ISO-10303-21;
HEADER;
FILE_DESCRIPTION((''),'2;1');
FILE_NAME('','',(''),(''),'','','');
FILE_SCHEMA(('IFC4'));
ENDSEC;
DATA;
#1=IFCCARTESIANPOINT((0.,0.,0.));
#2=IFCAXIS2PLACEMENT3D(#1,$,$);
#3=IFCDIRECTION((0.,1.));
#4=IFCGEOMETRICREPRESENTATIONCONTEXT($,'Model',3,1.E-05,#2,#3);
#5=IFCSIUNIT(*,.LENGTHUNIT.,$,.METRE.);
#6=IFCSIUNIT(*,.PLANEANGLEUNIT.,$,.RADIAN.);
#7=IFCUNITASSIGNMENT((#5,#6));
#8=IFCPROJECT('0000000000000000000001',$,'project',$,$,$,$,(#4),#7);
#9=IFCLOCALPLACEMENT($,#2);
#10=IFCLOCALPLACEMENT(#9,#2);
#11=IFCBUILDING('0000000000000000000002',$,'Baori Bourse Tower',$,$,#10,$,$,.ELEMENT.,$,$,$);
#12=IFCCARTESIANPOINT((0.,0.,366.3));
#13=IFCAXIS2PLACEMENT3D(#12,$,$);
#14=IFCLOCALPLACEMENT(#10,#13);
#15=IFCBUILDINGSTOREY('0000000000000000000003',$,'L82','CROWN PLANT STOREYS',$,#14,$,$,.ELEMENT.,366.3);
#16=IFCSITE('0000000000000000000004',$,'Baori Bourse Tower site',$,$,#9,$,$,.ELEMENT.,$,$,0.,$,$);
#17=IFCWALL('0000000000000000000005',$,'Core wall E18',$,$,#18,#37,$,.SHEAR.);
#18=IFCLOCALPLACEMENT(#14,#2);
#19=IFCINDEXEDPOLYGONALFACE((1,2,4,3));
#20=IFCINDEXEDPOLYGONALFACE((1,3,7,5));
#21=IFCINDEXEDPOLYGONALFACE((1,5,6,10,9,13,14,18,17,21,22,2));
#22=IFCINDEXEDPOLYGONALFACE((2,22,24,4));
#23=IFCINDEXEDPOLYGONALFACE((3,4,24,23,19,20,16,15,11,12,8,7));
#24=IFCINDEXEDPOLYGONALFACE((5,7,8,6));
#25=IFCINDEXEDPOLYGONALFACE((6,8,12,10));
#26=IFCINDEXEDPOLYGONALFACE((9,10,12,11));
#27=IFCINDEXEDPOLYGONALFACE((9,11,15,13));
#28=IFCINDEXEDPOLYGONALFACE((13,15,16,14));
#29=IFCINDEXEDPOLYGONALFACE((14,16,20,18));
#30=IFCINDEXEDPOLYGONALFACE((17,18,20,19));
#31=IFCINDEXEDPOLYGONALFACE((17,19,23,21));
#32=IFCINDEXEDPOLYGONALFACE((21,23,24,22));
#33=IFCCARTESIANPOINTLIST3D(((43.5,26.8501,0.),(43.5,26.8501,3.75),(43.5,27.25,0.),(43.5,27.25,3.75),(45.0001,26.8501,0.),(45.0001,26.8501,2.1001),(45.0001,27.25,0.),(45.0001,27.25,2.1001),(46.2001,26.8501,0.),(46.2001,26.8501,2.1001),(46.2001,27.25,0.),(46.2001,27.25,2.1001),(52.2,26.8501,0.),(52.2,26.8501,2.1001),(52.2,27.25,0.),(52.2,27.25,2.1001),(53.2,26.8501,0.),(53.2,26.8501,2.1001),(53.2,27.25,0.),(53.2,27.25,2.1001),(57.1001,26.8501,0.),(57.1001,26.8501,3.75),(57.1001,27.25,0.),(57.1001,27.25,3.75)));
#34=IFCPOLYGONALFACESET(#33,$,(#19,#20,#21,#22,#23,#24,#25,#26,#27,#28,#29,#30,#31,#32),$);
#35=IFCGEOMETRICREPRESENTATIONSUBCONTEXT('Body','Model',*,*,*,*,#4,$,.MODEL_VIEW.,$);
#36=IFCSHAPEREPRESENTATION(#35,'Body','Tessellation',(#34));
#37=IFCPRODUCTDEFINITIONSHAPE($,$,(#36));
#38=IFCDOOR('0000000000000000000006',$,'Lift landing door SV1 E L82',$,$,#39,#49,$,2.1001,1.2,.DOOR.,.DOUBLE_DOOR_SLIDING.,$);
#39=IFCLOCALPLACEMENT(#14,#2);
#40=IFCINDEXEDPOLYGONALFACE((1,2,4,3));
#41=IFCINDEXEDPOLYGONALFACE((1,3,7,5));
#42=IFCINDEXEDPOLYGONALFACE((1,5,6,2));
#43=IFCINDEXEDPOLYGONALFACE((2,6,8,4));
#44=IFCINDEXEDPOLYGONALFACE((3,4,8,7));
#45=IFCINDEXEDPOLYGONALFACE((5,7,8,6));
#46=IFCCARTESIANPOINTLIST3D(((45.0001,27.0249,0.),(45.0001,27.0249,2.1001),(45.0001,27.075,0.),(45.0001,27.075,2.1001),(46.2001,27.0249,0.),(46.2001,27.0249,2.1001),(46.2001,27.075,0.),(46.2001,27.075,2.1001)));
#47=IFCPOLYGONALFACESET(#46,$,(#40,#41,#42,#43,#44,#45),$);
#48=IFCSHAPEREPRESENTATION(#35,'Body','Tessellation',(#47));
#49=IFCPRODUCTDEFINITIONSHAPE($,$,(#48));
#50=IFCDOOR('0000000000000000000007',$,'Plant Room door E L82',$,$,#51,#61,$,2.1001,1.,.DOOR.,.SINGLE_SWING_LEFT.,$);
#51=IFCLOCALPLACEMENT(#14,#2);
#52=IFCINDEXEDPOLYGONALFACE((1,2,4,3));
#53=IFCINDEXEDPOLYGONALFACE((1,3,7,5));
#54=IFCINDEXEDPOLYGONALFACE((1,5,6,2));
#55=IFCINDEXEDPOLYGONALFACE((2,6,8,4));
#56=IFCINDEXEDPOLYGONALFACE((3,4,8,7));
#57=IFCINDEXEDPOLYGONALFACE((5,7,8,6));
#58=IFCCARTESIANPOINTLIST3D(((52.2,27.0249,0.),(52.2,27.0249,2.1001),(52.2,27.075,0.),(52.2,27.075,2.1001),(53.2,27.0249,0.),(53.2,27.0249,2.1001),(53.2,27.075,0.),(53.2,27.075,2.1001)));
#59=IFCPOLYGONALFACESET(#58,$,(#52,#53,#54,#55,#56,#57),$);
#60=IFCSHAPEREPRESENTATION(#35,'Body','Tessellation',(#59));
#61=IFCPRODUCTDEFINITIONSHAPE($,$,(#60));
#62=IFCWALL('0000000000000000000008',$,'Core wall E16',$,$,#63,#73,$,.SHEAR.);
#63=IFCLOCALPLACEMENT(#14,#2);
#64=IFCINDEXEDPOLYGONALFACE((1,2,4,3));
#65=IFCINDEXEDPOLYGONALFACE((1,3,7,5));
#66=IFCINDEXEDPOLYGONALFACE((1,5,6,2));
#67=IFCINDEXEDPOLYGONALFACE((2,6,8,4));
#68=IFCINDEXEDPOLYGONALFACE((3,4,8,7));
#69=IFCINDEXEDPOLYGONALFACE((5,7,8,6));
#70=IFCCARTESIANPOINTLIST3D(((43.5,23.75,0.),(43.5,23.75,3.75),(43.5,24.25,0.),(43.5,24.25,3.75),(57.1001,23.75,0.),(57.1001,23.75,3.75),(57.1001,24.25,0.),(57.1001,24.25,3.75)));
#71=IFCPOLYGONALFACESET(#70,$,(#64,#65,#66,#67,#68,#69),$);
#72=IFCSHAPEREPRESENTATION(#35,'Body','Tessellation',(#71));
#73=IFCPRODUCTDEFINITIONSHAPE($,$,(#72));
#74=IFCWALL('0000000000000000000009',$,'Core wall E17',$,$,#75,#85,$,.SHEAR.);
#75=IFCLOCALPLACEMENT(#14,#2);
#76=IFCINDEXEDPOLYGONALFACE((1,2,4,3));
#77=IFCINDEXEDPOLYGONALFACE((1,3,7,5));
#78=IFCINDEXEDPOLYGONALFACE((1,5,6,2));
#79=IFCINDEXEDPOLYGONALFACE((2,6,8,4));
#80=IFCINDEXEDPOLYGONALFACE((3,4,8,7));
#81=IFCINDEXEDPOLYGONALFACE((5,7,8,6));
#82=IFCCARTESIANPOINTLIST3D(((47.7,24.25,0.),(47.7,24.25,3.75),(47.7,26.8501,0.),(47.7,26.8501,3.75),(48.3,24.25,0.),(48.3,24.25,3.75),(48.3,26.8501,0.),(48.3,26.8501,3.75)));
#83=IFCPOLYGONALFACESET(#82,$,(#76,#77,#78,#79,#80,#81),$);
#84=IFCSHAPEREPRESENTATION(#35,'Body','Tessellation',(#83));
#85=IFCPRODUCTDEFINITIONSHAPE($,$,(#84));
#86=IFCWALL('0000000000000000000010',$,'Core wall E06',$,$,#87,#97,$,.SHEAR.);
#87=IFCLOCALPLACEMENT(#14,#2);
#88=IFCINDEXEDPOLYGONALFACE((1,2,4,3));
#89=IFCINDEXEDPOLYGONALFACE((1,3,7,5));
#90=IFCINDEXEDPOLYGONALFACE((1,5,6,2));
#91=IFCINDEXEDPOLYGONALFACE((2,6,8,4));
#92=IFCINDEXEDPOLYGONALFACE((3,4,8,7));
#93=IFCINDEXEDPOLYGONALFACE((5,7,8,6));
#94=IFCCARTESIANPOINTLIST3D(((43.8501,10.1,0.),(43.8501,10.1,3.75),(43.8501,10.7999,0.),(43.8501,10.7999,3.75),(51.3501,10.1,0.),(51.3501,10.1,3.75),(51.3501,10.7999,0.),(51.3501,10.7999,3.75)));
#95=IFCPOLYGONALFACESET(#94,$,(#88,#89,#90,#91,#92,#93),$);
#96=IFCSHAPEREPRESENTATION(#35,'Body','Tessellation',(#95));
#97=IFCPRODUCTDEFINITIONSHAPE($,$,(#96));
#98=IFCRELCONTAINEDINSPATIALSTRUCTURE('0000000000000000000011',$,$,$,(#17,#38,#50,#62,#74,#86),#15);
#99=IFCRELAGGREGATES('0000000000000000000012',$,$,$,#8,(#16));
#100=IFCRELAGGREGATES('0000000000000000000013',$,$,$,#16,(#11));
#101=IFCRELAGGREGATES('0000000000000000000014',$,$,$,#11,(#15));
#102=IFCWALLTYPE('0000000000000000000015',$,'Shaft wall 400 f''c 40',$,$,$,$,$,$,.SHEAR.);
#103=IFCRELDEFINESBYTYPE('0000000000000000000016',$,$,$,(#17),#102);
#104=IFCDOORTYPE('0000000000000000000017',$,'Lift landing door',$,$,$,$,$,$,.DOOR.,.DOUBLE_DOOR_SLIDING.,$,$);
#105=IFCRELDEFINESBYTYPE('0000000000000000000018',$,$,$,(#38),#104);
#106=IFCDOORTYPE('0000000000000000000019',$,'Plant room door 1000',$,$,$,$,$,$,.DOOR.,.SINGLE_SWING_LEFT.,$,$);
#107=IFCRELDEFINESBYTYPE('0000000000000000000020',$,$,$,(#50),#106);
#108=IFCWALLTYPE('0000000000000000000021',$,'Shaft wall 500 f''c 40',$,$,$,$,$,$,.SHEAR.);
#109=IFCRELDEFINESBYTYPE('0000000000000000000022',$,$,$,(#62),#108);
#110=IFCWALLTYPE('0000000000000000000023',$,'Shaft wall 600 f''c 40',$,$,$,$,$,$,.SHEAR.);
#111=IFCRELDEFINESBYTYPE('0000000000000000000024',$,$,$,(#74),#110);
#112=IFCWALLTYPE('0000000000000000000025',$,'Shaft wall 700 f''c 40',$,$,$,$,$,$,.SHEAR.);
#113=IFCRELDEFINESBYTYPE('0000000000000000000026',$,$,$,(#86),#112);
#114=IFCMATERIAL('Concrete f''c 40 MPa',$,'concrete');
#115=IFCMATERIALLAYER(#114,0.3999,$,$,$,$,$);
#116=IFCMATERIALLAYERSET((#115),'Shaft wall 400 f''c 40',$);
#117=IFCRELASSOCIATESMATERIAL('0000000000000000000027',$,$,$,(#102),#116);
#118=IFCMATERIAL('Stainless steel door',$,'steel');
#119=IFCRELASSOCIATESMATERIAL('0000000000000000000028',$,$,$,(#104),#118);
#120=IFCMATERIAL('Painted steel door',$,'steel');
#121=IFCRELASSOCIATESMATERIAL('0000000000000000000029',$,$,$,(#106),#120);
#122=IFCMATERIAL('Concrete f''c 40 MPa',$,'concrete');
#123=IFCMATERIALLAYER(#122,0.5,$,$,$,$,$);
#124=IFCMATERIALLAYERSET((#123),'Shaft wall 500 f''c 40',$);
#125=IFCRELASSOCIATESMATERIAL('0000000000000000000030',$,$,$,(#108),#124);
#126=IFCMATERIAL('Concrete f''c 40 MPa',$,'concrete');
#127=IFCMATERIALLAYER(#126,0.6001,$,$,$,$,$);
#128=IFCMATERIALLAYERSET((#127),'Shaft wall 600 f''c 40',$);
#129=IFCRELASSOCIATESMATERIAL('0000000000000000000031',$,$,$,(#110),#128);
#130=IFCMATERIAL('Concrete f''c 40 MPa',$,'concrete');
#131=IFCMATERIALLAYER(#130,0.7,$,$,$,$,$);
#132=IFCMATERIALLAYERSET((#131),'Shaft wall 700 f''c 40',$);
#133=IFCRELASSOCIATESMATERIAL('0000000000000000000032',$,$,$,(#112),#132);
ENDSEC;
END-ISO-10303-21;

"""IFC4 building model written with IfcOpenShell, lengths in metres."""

from ifc_helpers import new_model, si_unit, direction, frame, frame_2d, origin, place, context, subcontext, project, spatial, rectangle, extrude, material, layer, layer_set, type_object, element, fill, save


model = new_model("IFC4")

# Units and contexts
model_context = context("Model", 3, precision=1e-05, world=origin(), true_north=direction((0.0, 1.0)))
body_context = subcontext(model_context, "Body", "Model", "MODEL_VIEW")
ifc_project = project(units=[si_unit("LENGTHUNIT", "METRE"), si_unit("PLANEANGLEUNIT", "RADIAN")], contexts=[model_context])

# Site, building, storey
site_placement = place(None, origin())
site = spatial("IfcSite", under=ifc_project, at=site_placement, Name="Baori Bourse Tower site", CompositionType="ELEMENT", RefElevation=0.0)
building_placement = place(site_placement, origin())
building = spatial("IfcBuilding", under=site, at=building_placement, Name="Baori Bourse Tower", CompositionType="ELEMENT")
storey_placement = place(building_placement, frame((0.0, 0.0, 366.3)))
storey = spatial("IfcBuildingStorey", under=building, at=storey_placement, Name="L82", Description="CROWN PLANT STOREYS", CompositionType="ELEMENT", Elevation=366.3)

# Shared definitions
ifc_material_1 = material(Name="Concrete f'c 40 MPa", Category="concrete")
ifc_layer_1 = layer(ifc_material_1, 0.3999)
ifc_layer_set_1 = layer_set([ifc_layer_1], Name="Shaft wall 400 f'c 40")
wall_type_1 = type_object("IfcWallType", Name="Shaft wall 400 f'c 40", PredefinedType="SHEAR", material=ifc_layer_set_1)

# Shared definitions
ifc_material_2 = material(Name="Stainless steel door", Category="steel")
door_type_1 = type_object("IfcDoorType", Name="Lift landing door", OperationType="DOUBLE_DOOR_SLIDING", PredefinedType="DOOR", material=ifc_material_2)

# Wall, openings, doors
wall_1_placement = place(storey_placement, frame((43.5, 27.05, 0.0), z_axis=(0.0, 0.0, 1.0), x_axis=(1.0, 0.0, 0.0)))
wall_1 = element("IfcWall", 1, at=wall_1_placement, inside=storey, type_object=wall_type_1, Name="Core wall E18", PredefinedType="SHEAR", context=body_context, shape_type="SweptSolid", body=[
    extrude(rectangle(XDim=13.6001, YDim=0.3999, at=frame_2d((6.8, 0.0))), origin(), (0.0, 0.0, 1.0), 3.75),
])
opening_1_placement = place(wall_1_placement, frame((8.7, 0.0, 0.0)))
opening_1 = element("IfcOpeningElement", 2, at=opening_1_placement, cuts=wall_1, PredefinedType="OPENING", context=body_context, shape_type="SweptSolid", body=[
    extrude(rectangle(XDim=1.0, YDim=2.1001, at=frame_2d((0.5, 1.05))), frame((0.0, 0.21, 0.0), z_axis=(0.0, -1.0, 0.0), x_axis=(1.0, 0.0, 0.0)), (0.0, 0.0, 1.0), 0.4199),
])
opening_2_placement = place(wall_1_placement, frame((1.5, 0.0, 0.0)))
opening_2 = element("IfcOpeningElement", 3, at=opening_2_placement, cuts=wall_1, PredefinedType="OPENING", context=body_context, shape_type="SweptSolid", body=[
    extrude(rectangle(XDim=1.2, YDim=2.1001, at=frame_2d((0.6001, 1.05))), frame((0.0, 0.21, 0.0), z_axis=(0.0, -1.0, 0.0), x_axis=(1.0, 0.0, 0.0)), (0.0, 0.0, 1.0), 0.4199),
])
door_1_placement = place(opening_2_placement, origin())
door_1 = element("IfcDoor", 4, at=door_1_placement, inside=storey, type_object=door_type_1, Name="Lift landing door SV1 E L82", OperationType="DOUBLE_DOOR_SLIDING", OverallHeight=2.1001, OverallWidth=1.2, PredefinedType="DOOR", context=body_context, shape_type="SweptSolid", body=[
    extrude(rectangle(XDim=1.2, YDim=2.1001, at=frame_2d((0.6001, 1.05))), frame((0.0, 0.0249, 0.0), z_axis=(0.0, -1.0, 0.0), x_axis=(1.0, 0.0, 0.0)), (0.0, 0.0, 1.0), 0.05),
])
fill(opening_2, door_1)
ifc_material_3 = material(Name="Painted steel door", Category="steel")
door_type_2 = type_object("IfcDoorType", Name="Plant room door 1000", OperationType="SINGLE_SWING_LEFT", PredefinedType="DOOR", material=ifc_material_3)
door_2_placement = place(opening_1_placement, origin())
door_2 = element("IfcDoor", 5, at=door_2_placement, inside=storey, type_object=door_type_2, Name="Plant Room door E L82", OperationType="SINGLE_SWING_LEFT", OverallHeight=2.1001, OverallWidth=1.0, PredefinedType="DOOR", context=body_context, shape_type="SweptSolid", body=[
    extrude(rectangle(XDim=1.0, YDim=2.1001, at=frame_2d((0.5, 1.05))), frame((0.0, 0.0249, 0.0), z_axis=(0.0, -1.0, 0.0), x_axis=(1.0, 0.0, 0.0)), (0.0, 0.0, 1.0), 0.05),
])
fill(opening_1, door_2)

# Walls
ifc_material_4 = material(Name="Concrete f'c 40 MPa", Category="concrete")
ifc_layer_2 = layer(ifc_material_4, 0.5)
ifc_layer_set_2 = layer_set([ifc_layer_2], Name="Shaft wall 500 f'c 40")
wall_type_2 = type_object("IfcWallType", Name="Shaft wall 500 f'c 40", PredefinedType="SHEAR", material=ifc_layer_set_2)
wall_2_placement = place(storey_placement, frame((43.5, 24.0, 0.0), z_axis=(0.0, 0.0, 1.0), x_axis=(1.0, 0.0, 0.0)))
element("IfcWall", 6, at=wall_2_placement, inside=storey, type_object=wall_type_2, Name="Core wall E16", PredefinedType="SHEAR", context=body_context, shape_type="SweptSolid", body=[
    extrude(rectangle(XDim=13.6001, YDim=0.5, at=frame_2d((6.8, 0.0))), origin(), (0.0, 0.0, 1.0), 3.75),
])
ifc_material_5 = material(Name="Concrete f'c 40 MPa", Category="concrete")
ifc_layer_3 = layer(ifc_material_5, 0.6001)
ifc_layer_set_3 = layer_set([ifc_layer_3], Name="Shaft wall 600 f'c 40")
wall_type_3 = type_object("IfcWallType", Name="Shaft wall 600 f'c 40", PredefinedType="SHEAR", material=ifc_layer_set_3)
wall_3_placement = place(storey_placement, frame((48.0, 24.25, 0.0), z_axis=(0.0, 0.0, 1.0), x_axis=(0.0, 1.0, 0.0)))
element("IfcWall", 7, at=wall_3_placement, inside=storey, type_object=wall_type_3, Name="Core wall E17", PredefinedType="SHEAR", context=body_context, shape_type="SweptSolid", body=[
    extrude(rectangle(XDim=2.6001, YDim=0.6001, at=frame_2d((1.3, 0.0))), origin(), (0.0, 0.0, 1.0), 3.75),
])
ifc_material_6 = material(Name="Concrete f'c 40 MPa", Category="concrete")
ifc_layer_4 = layer(ifc_material_6, 0.7)
ifc_layer_set_4 = layer_set([ifc_layer_4], Name="Shaft wall 700 f'c 40")
wall_type_4 = type_object("IfcWallType", Name="Shaft wall 700 f'c 40", PredefinedType="SHEAR", material=ifc_layer_set_4)
wall_4_placement = place(storey_placement, frame((43.8501, 10.45, 0.0), z_axis=(0.0, 0.0, 1.0), x_axis=(1.0, 0.0, 0.0)))
element("IfcWall", 8, at=wall_4_placement, inside=storey, type_object=wall_type_4, Name="Core wall E06", PredefinedType="SHEAR", context=body_context, shape_type="SweptSolid", body=[
    extrude(rectangle(XDim=7.5, YDim=0.7, at=frame_2d((3.75, 0.0))), origin(), (0.0, 0.0, 1.0), 3.75),
])

save(model, "model.ifc")
